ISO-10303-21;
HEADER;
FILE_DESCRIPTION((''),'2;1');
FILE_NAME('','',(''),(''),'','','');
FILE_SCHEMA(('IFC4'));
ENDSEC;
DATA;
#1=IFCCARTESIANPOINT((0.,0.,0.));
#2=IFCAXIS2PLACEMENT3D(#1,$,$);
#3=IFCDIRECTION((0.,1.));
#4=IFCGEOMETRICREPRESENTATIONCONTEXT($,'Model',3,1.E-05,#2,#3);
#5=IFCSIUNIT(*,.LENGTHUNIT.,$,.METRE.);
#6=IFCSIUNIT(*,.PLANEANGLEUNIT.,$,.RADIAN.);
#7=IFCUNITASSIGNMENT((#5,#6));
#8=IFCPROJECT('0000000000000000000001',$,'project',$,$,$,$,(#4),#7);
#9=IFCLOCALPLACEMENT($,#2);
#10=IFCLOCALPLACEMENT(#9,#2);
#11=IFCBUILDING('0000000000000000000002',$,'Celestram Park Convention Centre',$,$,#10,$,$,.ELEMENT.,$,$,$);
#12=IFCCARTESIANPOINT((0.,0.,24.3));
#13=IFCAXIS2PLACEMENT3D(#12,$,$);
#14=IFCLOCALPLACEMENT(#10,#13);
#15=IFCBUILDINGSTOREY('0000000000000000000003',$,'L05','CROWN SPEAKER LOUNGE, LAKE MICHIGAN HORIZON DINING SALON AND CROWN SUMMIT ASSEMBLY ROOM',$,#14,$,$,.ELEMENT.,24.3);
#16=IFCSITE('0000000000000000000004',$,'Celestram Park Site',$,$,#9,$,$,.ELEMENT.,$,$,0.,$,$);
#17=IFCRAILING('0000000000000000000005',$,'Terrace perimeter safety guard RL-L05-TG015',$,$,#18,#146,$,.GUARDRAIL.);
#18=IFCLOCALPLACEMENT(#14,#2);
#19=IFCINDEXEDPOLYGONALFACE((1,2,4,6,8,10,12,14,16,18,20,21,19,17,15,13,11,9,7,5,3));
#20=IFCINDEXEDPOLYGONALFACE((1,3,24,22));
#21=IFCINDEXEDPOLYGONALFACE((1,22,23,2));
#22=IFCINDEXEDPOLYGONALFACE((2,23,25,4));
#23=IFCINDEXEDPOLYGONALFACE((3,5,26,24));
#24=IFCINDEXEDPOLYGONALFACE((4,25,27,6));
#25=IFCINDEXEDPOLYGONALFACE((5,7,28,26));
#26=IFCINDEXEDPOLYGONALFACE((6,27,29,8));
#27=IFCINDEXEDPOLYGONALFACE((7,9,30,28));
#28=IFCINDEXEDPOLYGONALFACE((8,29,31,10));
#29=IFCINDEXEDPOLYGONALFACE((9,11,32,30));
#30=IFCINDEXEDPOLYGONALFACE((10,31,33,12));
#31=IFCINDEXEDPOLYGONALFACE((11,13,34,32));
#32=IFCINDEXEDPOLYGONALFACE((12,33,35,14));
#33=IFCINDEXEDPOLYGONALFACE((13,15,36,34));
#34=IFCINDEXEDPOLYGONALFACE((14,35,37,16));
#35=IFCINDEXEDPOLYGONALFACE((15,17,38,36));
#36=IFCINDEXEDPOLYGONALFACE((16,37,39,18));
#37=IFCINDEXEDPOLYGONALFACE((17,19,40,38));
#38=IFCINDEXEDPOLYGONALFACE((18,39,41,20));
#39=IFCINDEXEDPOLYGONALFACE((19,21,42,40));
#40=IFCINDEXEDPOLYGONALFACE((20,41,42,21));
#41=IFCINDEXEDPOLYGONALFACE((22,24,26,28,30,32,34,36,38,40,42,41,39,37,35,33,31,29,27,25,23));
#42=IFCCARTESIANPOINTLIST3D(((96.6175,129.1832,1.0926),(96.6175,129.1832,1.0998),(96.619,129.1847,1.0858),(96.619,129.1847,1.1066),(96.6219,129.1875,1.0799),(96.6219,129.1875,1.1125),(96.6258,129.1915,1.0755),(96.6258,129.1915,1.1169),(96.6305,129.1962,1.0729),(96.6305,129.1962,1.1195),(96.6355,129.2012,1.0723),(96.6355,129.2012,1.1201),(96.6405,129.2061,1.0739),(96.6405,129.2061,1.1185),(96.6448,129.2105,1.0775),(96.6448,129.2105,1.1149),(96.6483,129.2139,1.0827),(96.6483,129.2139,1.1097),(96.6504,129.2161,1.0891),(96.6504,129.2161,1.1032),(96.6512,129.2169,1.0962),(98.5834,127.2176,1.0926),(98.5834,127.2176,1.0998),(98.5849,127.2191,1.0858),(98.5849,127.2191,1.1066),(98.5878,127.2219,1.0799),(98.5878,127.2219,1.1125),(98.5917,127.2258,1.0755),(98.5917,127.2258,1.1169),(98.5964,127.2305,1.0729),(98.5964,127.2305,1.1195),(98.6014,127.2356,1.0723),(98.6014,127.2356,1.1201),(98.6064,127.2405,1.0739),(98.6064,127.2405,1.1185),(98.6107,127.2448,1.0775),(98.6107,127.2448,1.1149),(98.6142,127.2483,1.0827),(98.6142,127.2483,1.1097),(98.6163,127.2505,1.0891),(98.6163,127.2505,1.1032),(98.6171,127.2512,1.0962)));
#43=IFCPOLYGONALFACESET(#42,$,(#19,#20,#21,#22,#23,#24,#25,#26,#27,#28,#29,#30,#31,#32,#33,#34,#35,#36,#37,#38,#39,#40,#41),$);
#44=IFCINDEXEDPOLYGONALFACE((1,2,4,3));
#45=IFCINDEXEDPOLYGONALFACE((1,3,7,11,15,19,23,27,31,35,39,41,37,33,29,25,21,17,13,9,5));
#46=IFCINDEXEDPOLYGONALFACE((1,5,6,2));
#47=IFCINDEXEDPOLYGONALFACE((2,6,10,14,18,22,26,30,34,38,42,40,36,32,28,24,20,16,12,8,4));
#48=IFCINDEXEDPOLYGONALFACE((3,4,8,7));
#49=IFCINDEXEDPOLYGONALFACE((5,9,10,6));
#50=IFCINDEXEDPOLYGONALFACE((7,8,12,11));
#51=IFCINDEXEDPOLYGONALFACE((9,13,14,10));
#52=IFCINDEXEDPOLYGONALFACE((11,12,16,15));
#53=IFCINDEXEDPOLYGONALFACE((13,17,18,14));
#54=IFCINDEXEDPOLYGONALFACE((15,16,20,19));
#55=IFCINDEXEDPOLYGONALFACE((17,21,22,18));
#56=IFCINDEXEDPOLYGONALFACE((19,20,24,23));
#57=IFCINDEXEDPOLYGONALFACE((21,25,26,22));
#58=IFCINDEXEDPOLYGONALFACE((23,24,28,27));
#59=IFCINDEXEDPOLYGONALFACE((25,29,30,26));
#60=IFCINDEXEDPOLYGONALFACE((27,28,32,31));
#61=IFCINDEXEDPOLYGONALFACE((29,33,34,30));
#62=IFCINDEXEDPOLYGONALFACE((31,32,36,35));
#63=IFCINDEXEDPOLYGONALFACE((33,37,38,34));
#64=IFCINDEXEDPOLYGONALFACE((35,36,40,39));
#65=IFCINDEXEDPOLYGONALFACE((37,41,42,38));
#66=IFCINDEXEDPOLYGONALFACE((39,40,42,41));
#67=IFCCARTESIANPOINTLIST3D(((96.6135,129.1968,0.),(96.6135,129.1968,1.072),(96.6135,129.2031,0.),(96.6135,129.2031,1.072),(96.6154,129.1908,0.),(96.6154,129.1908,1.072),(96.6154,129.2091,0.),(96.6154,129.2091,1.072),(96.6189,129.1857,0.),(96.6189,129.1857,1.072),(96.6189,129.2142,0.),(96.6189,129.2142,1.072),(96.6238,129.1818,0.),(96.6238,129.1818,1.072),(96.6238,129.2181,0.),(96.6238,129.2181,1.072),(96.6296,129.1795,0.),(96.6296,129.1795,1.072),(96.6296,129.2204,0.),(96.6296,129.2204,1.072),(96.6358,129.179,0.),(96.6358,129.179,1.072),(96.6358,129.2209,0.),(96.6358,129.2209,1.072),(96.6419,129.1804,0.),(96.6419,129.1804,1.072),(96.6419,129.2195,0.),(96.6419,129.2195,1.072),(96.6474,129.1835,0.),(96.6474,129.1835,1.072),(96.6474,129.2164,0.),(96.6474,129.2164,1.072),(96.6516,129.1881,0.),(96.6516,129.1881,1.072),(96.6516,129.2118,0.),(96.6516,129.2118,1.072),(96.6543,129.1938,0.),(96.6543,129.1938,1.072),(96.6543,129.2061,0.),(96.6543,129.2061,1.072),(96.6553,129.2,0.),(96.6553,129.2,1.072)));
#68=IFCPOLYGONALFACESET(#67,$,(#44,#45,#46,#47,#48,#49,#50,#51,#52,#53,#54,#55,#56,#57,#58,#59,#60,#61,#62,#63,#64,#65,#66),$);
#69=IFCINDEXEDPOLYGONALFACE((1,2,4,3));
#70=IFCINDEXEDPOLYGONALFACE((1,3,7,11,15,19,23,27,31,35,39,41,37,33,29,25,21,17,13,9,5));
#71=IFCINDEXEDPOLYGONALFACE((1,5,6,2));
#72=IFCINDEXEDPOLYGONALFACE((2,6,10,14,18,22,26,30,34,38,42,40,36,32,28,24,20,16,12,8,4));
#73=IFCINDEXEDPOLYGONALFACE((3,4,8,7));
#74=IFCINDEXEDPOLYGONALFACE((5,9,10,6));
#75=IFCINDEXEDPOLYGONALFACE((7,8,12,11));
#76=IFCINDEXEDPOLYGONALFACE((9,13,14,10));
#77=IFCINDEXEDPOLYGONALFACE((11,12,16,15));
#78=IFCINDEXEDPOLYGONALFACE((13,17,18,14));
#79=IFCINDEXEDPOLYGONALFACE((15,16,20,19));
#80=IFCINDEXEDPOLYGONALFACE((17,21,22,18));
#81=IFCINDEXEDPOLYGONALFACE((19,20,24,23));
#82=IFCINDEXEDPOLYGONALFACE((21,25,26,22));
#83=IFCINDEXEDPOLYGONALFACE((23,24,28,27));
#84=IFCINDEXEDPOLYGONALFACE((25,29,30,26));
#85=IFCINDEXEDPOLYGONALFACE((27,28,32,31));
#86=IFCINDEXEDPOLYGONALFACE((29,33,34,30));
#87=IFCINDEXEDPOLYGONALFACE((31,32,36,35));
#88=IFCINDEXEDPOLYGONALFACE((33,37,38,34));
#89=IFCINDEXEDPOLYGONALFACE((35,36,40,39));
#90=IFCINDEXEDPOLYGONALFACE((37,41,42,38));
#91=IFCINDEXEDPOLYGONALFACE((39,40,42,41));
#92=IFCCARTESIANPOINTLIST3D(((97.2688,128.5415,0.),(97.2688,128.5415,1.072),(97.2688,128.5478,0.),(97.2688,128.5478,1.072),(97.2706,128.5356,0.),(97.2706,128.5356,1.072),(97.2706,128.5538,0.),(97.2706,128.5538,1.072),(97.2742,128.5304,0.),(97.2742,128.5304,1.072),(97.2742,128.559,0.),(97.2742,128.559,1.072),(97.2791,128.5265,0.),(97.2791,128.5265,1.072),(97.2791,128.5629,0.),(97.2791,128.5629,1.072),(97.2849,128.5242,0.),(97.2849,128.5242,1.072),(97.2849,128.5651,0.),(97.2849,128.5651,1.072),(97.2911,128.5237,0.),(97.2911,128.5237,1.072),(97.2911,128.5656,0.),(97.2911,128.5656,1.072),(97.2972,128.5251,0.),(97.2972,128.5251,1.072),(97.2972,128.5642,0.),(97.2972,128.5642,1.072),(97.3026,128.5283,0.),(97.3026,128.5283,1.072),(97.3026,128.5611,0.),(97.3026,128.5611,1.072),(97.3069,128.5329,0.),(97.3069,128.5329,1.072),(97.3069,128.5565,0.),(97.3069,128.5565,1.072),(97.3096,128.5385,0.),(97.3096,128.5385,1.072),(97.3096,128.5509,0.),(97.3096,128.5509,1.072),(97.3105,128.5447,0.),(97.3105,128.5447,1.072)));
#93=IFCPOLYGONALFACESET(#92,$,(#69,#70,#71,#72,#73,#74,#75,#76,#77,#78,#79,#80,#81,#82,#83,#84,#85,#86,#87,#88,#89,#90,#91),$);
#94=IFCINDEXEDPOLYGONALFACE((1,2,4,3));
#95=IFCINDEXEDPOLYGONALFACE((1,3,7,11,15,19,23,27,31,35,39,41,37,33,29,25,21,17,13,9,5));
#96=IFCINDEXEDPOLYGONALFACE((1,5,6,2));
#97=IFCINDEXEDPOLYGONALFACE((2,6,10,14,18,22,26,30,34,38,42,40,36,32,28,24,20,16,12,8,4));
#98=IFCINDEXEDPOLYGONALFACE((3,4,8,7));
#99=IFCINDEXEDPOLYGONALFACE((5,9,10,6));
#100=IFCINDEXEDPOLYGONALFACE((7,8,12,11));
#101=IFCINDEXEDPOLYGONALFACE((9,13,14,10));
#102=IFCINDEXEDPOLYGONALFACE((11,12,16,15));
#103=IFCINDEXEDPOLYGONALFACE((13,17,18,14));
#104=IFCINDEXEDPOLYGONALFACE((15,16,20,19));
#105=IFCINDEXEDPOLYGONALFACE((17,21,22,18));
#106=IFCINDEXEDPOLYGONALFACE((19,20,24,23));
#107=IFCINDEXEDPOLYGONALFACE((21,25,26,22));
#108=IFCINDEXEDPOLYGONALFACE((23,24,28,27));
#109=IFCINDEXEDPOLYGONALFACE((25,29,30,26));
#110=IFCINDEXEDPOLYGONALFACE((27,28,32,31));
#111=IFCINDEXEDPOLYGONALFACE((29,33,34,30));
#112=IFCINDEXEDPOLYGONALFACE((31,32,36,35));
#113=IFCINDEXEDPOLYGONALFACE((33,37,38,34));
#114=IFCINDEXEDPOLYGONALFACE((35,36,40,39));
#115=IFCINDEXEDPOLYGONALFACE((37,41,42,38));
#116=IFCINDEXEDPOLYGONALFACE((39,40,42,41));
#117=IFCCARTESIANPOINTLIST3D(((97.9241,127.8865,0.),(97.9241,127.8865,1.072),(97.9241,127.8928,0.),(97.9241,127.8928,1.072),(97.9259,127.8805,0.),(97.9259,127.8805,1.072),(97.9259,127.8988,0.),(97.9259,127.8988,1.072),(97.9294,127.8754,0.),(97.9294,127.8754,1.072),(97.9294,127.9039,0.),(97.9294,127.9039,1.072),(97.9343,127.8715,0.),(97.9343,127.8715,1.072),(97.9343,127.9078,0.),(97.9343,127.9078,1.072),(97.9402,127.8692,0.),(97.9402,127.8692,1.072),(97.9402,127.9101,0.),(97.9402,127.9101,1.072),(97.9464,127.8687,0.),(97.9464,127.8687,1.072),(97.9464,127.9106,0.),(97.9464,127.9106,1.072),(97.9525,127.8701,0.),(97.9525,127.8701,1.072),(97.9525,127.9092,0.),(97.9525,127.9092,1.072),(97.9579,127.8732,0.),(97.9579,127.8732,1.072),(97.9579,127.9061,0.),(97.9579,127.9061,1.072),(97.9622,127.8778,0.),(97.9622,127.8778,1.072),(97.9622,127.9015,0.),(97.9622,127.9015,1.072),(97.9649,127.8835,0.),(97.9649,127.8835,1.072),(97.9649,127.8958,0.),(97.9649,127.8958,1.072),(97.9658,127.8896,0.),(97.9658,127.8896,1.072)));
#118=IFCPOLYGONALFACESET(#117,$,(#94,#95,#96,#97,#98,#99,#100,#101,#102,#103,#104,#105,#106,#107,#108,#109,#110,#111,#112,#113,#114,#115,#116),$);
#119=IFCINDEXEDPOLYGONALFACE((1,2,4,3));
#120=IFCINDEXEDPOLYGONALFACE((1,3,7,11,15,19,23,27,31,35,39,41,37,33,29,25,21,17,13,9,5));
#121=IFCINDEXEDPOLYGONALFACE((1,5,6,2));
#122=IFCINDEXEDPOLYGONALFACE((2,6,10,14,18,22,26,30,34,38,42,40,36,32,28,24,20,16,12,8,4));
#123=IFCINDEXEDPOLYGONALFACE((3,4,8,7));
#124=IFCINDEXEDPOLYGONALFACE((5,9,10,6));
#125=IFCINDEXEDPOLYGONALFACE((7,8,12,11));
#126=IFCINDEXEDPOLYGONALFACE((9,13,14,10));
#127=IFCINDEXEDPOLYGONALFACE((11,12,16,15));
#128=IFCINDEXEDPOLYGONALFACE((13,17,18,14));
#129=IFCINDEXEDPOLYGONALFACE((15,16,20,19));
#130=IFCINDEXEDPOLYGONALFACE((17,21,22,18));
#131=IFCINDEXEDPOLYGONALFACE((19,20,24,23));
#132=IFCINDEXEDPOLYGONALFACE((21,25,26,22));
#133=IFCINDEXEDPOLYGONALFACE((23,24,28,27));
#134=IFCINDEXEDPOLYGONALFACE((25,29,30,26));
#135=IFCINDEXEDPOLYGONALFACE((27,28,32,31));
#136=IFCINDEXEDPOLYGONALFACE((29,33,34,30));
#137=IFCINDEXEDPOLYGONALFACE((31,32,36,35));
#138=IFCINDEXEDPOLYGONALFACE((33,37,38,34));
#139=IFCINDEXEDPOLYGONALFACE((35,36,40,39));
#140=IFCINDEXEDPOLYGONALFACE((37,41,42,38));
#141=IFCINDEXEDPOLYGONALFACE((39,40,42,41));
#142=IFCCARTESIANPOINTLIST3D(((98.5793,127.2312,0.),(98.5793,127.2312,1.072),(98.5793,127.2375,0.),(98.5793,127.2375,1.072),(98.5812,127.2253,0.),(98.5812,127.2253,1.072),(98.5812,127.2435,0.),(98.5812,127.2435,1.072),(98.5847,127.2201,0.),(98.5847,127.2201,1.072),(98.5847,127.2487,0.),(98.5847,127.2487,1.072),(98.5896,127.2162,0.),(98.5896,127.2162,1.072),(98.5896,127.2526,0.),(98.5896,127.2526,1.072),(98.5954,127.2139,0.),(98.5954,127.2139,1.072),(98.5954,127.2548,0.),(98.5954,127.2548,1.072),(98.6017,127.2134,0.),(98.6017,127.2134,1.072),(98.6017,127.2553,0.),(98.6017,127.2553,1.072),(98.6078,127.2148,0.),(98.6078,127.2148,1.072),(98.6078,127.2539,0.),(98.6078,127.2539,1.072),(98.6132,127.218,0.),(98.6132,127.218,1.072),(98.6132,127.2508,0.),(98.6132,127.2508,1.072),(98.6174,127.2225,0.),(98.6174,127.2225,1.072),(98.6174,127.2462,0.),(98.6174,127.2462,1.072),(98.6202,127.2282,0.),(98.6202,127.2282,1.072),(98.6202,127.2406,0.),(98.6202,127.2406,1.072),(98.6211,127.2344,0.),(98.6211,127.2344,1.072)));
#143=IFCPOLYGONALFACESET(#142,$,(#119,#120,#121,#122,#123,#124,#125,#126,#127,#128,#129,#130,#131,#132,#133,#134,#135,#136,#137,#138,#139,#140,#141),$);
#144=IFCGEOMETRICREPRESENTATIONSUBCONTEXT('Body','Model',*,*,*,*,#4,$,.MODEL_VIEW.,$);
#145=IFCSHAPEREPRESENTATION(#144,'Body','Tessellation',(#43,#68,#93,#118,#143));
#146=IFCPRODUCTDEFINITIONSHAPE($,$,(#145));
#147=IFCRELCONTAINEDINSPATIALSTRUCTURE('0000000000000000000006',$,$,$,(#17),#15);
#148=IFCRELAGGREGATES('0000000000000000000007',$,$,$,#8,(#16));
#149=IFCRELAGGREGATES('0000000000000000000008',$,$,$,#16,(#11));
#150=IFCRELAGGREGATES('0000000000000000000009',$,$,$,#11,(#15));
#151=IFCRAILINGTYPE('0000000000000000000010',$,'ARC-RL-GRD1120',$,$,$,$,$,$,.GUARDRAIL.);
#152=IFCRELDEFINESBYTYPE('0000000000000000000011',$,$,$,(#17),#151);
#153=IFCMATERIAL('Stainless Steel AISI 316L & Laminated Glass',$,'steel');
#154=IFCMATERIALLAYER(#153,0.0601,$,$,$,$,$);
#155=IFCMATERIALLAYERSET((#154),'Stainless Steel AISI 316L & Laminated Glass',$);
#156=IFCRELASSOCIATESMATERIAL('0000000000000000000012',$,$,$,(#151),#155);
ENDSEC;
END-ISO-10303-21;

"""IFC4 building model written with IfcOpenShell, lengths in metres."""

from ifc_helpers import new_model, si_unit, direction, frame, origin, origin_2d, place, context, subcontext, project, spatial, circle, extrude, material, layer, layer_set, type_object, element, save


model = new_model("IFC4")

# Units and contexts
model_context = context("Model", 3, precision=1e-05, world=origin(), true_north=direction((0.0, 1.0)))
body_context = subcontext(model_context, "Body", "Model", "MODEL_VIEW")
ifc_project = project(units=[si_unit("LENGTHUNIT", "METRE"), si_unit("PLANEANGLEUNIT", "RADIAN")], contexts=[model_context])

# Site, building, storey
site_placement = place(None, origin())
site = spatial("IfcSite", under=ifc_project, at=site_placement, Name="Celestram Park Site", CompositionType="ELEMENT", RefElevation=0.0)
building_placement = place(site_placement, origin())
building = spatial("IfcBuilding", under=site, at=building_placement, Name="Celestram Park Convention Centre", CompositionType="ELEMENT")
storey_placement = place(building_placement, frame((0.0, 0.0, 24.3)))
storey = spatial("IfcBuildingStorey", under=building, at=storey_placement, Name="L05", Description="CROWN SPEAKER LOUNGE, LAKE MICHIGAN HORIZON DINING SALON AND CROWN SUMMIT ASSEMBLY ROOM", CompositionType="ELEMENT", Elevation=24.3)

# Railing
ifc_material_1 = material(Name="Stainless Steel AISI 316L & Laminated Glass", Category="steel")
ifc_layer_1 = layer(ifc_material_1, 0.0601)
ifc_layer_set_1 = layer_set([ifc_layer_1], Name="Stainless Steel AISI 316L & Laminated Glass")
railing_type = type_object("IfcRailingType", Name="ARC-RL-GRD1120", PredefinedType="GUARDRAIL", material=ifc_layer_set_1)
railing_1_placement = place(storey_placement, frame((96.6343, 129.2, 0.0)))
element("IfcRailing", 1, at=railing_1_placement, inside=storey, type_object=railing_type, Name="Terrace perimeter safety guard RL-L05-TG015", PredefinedType="GUARDRAIL", context=body_context, shape_type="SweptSolid", body=[
    extrude(circle(Radius=0.0239, at=origin_2d()), frame((0.0, 0.0, 1.0962), z_axis=(0.707151, -0.707063, 0.0), x_axis=(0.707063, 0.707151, 0.0)), (0.0, 0.0, 1.0), 2.78),
    extrude(circle(Radius=0.021, at=origin_2d()), origin(), (0.0, 0.0, 1.0), 1.072),
    extrude(circle(Radius=0.021, at=origin_2d()), frame((0.6553, -0.6553, 0.0)), (0.0, 0.0, 1.0), 1.072),
    extrude(circle(Radius=0.021, at=origin_2d()), frame((1.3105, -1.3103, 0.0)), (0.0, 0.0, 1.0), 1.072),
    extrude(circle(Radius=0.021, at=origin_2d()), frame((1.9658, -1.9656, 0.0)), (0.0, 0.0, 1.0), 1.072),
])

save(model, "model.ifc")
